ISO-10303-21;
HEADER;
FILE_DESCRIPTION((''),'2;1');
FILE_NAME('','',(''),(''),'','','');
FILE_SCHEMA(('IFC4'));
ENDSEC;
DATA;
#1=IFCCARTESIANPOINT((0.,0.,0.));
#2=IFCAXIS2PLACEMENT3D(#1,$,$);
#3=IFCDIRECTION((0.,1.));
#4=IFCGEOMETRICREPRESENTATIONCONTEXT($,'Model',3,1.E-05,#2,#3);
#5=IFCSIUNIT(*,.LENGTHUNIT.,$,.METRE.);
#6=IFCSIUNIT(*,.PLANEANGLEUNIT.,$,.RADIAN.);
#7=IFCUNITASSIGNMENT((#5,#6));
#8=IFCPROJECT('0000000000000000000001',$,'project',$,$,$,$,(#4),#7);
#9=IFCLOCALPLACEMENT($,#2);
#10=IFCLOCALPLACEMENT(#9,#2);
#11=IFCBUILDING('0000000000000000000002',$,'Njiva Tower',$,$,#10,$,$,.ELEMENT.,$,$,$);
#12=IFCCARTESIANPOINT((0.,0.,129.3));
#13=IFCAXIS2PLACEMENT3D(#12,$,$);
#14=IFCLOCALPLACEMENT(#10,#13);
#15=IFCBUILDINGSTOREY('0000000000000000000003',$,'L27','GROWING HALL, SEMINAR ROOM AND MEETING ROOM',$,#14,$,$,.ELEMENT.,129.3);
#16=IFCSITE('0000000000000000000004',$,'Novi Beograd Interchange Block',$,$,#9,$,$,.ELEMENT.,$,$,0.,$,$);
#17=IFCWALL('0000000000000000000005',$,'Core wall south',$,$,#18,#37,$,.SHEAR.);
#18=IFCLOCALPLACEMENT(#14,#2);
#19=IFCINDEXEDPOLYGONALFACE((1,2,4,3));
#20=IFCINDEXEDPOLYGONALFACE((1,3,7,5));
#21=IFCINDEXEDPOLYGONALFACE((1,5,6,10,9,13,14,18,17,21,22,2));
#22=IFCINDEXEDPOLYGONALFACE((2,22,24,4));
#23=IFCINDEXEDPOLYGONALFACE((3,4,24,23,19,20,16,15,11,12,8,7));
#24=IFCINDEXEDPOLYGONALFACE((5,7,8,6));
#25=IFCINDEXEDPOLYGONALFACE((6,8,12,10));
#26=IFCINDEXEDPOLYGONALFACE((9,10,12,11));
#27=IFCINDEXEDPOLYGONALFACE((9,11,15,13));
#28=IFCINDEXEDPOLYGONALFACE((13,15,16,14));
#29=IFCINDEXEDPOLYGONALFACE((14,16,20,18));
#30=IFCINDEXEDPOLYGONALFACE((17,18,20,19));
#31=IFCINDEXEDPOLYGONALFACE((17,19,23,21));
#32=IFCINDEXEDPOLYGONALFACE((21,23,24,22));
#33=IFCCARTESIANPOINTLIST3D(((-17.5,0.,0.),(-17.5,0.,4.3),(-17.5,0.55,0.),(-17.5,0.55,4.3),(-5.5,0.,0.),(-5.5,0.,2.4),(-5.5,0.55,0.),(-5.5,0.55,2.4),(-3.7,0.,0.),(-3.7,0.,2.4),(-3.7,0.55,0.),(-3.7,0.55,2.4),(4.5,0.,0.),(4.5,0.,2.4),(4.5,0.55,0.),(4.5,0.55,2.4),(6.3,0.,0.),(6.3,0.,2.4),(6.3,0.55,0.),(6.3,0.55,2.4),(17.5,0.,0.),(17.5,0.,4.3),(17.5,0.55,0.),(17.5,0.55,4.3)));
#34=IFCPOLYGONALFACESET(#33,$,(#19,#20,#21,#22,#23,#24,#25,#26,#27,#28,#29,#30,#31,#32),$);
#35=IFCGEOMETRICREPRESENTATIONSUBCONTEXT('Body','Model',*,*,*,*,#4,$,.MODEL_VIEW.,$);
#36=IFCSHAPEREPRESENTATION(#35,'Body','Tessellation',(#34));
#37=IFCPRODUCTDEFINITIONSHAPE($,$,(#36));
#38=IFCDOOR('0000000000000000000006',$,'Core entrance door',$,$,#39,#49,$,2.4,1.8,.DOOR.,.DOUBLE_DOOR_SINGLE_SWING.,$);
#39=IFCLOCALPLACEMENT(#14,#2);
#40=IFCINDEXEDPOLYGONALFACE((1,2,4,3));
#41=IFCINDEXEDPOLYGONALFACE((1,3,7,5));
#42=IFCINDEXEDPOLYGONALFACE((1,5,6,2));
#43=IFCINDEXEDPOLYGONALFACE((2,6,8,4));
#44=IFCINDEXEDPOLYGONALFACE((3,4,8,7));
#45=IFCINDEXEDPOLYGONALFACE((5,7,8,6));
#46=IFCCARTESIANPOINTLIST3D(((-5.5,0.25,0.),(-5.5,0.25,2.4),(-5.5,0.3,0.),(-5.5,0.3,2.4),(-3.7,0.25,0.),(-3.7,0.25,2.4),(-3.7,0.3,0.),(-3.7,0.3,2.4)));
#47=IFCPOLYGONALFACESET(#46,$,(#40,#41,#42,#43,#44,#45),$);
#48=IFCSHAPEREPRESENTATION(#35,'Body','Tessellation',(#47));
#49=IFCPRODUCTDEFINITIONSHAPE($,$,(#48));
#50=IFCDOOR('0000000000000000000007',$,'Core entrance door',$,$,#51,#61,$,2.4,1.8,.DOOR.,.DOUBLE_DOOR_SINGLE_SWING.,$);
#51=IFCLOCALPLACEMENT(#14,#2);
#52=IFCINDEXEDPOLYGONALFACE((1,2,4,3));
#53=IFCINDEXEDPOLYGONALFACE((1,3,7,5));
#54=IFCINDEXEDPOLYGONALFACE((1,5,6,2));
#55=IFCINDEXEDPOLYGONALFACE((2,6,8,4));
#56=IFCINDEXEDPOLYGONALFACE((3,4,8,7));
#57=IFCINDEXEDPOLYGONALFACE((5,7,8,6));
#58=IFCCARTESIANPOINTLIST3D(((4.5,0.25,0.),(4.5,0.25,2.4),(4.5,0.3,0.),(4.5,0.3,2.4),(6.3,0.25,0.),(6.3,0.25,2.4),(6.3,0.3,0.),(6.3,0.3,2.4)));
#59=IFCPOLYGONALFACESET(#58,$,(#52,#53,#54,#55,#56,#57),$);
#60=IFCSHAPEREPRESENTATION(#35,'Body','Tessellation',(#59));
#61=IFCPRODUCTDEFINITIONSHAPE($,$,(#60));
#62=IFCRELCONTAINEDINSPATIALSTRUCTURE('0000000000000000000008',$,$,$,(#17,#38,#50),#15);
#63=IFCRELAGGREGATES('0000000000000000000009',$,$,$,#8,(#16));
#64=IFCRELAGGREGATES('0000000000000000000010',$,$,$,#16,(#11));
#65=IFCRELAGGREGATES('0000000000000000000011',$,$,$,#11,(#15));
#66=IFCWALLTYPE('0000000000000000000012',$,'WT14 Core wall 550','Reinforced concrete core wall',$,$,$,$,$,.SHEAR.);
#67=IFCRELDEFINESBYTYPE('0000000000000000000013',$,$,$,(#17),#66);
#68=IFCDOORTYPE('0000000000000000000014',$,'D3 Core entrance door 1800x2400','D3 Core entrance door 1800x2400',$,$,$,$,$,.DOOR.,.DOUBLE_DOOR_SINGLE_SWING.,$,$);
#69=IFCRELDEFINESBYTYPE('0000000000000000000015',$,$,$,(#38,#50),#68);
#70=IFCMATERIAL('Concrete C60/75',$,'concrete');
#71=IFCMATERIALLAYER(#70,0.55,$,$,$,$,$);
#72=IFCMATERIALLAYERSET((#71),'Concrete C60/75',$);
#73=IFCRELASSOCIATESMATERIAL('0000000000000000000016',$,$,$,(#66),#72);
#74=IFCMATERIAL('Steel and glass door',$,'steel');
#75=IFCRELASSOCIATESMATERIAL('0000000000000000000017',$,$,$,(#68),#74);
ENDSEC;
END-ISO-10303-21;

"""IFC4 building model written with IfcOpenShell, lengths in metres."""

from ifc_helpers import new_model, si_unit, direction, frame, frame_2d, origin, place, context, subcontext, project, spatial, rectangle, extrude, material, layer, layer_set, type_object, element, fill, save


model = new_model("IFC4")

# Units and contexts
model_context = context("Model", 3, precision=1e-05, world=origin(), true_north=direction((0.0, 1.0)))
body_context = subcontext(model_context, "Body", "Model", "MODEL_VIEW")
ifc_project = project(units=[si_unit("LENGTHUNIT", "METRE"), si_unit("PLANEANGLEUNIT", "RADIAN")], contexts=[model_context])

# Site, building, storey
site_placement = place(None, origin())
site = spatial("IfcSite", under=ifc_project, at=site_placement, Name="Novi Beograd Interchange Block", CompositionType="ELEMENT", RefElevation=0.0)
building_placement = place(site_placement, origin())
building = spatial("IfcBuilding", under=site, at=building_placement, Name="Njiva Tower", CompositionType="ELEMENT")
storey_placement = place(building_placement, frame((0.0, 0.0, 129.3)))
storey = spatial("IfcBuildingStorey", under=building, at=storey_placement, Name="L27", Description="GROWING HALL, SEMINAR ROOM AND MEETING ROOM", CompositionType="ELEMENT", Elevation=129.3)

# Wall, openings, doors
ifc_material_1 = material(Name="Concrete C60/75", Category="concrete")
ifc_layer_1 = layer(ifc_material_1, 0.55)
ifc_layer_set_1 = layer_set([ifc_layer_1], Name="Concrete C60/75")
wall_type_1 = type_object("IfcWallType", Name="WT14 Core wall 550", Description="Reinforced concrete core wall", PredefinedType="SHEAR", material=ifc_layer_set_1)
wall_1_placement = place(storey_placement, frame((-17.5, 0.275, 0.0), z_axis=(0.0, 0.0, 1.0), x_axis=(1.0, 0.0, 0.0)))
wall_1 = element("IfcWall", 1, at=wall_1_placement, inside=storey, type_object=wall_type_1, Name="Core wall south", PredefinedType="SHEAR", context=body_context, shape_type="SweptSolid", body=[
    extrude(rectangle(XDim=35.0, YDim=0.55, at=frame_2d((17.5, 0.0))), origin(), (0.0, 0.0, 1.0), 4.3),
])
opening_1_placement = place(wall_1_placement, frame((12.0, 0.0, 0.0)))
opening_1 = element("IfcOpeningElement", 2, at=opening_1_placement, cuts=wall_1, PredefinedType="OPENING", context=body_context, shape_type="SweptSolid", body=[
    extrude(rectangle(XDim=1.8, YDim=2.4, at=frame_2d((0.9, 1.2))), frame((0.0, 0.285, 0.0), z_axis=(0.0, -1.0, 0.0), x_axis=(1.0, 0.0, 0.0)), (0.0, 0.0, 1.0), 0.57),
])
opening_2_placement = place(wall_1_placement, frame((22.0, 0.0, 0.0)))
opening_2 = element("IfcOpeningElement", 3, at=opening_2_placement, cuts=wall_1, PredefinedType="OPENING", context=body_context, shape_type="SweptSolid", body=[
    extrude(rectangle(XDim=1.8, YDim=2.4, at=frame_2d((0.9, 1.2))), frame((0.0, 0.285, 0.0), z_axis=(0.0, -1.0, 0.0), x_axis=(1.0, 0.0, 0.0)), (0.0, 0.0, 1.0), 0.57),
])
ifc_material_2 = material(Name="Steel and glass door", Category="steel")
door_type_1 = type_object("IfcDoorType", Name="D3 Core entrance door 1800x2400", Description="D3 Core entrance door 1800x2400", OperationType="DOUBLE_DOOR_SINGLE_SWING", PredefinedType="DOOR", material=ifc_material_2)
door_1_placement = place(opening_1_placement, origin())
door_1 = element("IfcDoor", 4, at=door_1_placement, inside=storey, type_object=door_type_1, Name="Core entrance door", OperationType="DOUBLE_DOOR_SINGLE_SWING", OverallHeight=2.4, OverallWidth=1.8, PredefinedType="DOOR", context=body_context, shape_type="SweptSolid", body=[
    extrude(rectangle(XDim=1.8, YDim=2.4, at=frame_2d((0.9, 1.2))), frame((0.0, 0.025, 0.0), z_axis=(0.0, -1.0, 0.0), x_axis=(1.0, 0.0, 0.0)), (0.0, 0.0, 1.0), 0.05),
])
fill(opening_1, door_1)
door_2_placement = place(opening_2_placement, origin())
door_2 = element("IfcDoor", 5, at=door_2_placement, inside=storey, type_object=door_type_1, Name="Core entrance door", OperationType="DOUBLE_DOOR_SINGLE_SWING", OverallHeight=2.4, OverallWidth=1.8, PredefinedType="DOOR", context=body_context, shape_type="SweptSolid", body=[
    extrude(rectangle(XDim=1.8, YDim=2.4, at=frame_2d((0.9, 1.2))), frame((0.0, 0.025, 0.0), z_axis=(0.0, -1.0, 0.0), x_axis=(1.0, 0.0, 0.0)), (0.0, 0.0, 1.0), 0.05),
])
fill(opening_2, door_2)

save(model, "model.ifc")
